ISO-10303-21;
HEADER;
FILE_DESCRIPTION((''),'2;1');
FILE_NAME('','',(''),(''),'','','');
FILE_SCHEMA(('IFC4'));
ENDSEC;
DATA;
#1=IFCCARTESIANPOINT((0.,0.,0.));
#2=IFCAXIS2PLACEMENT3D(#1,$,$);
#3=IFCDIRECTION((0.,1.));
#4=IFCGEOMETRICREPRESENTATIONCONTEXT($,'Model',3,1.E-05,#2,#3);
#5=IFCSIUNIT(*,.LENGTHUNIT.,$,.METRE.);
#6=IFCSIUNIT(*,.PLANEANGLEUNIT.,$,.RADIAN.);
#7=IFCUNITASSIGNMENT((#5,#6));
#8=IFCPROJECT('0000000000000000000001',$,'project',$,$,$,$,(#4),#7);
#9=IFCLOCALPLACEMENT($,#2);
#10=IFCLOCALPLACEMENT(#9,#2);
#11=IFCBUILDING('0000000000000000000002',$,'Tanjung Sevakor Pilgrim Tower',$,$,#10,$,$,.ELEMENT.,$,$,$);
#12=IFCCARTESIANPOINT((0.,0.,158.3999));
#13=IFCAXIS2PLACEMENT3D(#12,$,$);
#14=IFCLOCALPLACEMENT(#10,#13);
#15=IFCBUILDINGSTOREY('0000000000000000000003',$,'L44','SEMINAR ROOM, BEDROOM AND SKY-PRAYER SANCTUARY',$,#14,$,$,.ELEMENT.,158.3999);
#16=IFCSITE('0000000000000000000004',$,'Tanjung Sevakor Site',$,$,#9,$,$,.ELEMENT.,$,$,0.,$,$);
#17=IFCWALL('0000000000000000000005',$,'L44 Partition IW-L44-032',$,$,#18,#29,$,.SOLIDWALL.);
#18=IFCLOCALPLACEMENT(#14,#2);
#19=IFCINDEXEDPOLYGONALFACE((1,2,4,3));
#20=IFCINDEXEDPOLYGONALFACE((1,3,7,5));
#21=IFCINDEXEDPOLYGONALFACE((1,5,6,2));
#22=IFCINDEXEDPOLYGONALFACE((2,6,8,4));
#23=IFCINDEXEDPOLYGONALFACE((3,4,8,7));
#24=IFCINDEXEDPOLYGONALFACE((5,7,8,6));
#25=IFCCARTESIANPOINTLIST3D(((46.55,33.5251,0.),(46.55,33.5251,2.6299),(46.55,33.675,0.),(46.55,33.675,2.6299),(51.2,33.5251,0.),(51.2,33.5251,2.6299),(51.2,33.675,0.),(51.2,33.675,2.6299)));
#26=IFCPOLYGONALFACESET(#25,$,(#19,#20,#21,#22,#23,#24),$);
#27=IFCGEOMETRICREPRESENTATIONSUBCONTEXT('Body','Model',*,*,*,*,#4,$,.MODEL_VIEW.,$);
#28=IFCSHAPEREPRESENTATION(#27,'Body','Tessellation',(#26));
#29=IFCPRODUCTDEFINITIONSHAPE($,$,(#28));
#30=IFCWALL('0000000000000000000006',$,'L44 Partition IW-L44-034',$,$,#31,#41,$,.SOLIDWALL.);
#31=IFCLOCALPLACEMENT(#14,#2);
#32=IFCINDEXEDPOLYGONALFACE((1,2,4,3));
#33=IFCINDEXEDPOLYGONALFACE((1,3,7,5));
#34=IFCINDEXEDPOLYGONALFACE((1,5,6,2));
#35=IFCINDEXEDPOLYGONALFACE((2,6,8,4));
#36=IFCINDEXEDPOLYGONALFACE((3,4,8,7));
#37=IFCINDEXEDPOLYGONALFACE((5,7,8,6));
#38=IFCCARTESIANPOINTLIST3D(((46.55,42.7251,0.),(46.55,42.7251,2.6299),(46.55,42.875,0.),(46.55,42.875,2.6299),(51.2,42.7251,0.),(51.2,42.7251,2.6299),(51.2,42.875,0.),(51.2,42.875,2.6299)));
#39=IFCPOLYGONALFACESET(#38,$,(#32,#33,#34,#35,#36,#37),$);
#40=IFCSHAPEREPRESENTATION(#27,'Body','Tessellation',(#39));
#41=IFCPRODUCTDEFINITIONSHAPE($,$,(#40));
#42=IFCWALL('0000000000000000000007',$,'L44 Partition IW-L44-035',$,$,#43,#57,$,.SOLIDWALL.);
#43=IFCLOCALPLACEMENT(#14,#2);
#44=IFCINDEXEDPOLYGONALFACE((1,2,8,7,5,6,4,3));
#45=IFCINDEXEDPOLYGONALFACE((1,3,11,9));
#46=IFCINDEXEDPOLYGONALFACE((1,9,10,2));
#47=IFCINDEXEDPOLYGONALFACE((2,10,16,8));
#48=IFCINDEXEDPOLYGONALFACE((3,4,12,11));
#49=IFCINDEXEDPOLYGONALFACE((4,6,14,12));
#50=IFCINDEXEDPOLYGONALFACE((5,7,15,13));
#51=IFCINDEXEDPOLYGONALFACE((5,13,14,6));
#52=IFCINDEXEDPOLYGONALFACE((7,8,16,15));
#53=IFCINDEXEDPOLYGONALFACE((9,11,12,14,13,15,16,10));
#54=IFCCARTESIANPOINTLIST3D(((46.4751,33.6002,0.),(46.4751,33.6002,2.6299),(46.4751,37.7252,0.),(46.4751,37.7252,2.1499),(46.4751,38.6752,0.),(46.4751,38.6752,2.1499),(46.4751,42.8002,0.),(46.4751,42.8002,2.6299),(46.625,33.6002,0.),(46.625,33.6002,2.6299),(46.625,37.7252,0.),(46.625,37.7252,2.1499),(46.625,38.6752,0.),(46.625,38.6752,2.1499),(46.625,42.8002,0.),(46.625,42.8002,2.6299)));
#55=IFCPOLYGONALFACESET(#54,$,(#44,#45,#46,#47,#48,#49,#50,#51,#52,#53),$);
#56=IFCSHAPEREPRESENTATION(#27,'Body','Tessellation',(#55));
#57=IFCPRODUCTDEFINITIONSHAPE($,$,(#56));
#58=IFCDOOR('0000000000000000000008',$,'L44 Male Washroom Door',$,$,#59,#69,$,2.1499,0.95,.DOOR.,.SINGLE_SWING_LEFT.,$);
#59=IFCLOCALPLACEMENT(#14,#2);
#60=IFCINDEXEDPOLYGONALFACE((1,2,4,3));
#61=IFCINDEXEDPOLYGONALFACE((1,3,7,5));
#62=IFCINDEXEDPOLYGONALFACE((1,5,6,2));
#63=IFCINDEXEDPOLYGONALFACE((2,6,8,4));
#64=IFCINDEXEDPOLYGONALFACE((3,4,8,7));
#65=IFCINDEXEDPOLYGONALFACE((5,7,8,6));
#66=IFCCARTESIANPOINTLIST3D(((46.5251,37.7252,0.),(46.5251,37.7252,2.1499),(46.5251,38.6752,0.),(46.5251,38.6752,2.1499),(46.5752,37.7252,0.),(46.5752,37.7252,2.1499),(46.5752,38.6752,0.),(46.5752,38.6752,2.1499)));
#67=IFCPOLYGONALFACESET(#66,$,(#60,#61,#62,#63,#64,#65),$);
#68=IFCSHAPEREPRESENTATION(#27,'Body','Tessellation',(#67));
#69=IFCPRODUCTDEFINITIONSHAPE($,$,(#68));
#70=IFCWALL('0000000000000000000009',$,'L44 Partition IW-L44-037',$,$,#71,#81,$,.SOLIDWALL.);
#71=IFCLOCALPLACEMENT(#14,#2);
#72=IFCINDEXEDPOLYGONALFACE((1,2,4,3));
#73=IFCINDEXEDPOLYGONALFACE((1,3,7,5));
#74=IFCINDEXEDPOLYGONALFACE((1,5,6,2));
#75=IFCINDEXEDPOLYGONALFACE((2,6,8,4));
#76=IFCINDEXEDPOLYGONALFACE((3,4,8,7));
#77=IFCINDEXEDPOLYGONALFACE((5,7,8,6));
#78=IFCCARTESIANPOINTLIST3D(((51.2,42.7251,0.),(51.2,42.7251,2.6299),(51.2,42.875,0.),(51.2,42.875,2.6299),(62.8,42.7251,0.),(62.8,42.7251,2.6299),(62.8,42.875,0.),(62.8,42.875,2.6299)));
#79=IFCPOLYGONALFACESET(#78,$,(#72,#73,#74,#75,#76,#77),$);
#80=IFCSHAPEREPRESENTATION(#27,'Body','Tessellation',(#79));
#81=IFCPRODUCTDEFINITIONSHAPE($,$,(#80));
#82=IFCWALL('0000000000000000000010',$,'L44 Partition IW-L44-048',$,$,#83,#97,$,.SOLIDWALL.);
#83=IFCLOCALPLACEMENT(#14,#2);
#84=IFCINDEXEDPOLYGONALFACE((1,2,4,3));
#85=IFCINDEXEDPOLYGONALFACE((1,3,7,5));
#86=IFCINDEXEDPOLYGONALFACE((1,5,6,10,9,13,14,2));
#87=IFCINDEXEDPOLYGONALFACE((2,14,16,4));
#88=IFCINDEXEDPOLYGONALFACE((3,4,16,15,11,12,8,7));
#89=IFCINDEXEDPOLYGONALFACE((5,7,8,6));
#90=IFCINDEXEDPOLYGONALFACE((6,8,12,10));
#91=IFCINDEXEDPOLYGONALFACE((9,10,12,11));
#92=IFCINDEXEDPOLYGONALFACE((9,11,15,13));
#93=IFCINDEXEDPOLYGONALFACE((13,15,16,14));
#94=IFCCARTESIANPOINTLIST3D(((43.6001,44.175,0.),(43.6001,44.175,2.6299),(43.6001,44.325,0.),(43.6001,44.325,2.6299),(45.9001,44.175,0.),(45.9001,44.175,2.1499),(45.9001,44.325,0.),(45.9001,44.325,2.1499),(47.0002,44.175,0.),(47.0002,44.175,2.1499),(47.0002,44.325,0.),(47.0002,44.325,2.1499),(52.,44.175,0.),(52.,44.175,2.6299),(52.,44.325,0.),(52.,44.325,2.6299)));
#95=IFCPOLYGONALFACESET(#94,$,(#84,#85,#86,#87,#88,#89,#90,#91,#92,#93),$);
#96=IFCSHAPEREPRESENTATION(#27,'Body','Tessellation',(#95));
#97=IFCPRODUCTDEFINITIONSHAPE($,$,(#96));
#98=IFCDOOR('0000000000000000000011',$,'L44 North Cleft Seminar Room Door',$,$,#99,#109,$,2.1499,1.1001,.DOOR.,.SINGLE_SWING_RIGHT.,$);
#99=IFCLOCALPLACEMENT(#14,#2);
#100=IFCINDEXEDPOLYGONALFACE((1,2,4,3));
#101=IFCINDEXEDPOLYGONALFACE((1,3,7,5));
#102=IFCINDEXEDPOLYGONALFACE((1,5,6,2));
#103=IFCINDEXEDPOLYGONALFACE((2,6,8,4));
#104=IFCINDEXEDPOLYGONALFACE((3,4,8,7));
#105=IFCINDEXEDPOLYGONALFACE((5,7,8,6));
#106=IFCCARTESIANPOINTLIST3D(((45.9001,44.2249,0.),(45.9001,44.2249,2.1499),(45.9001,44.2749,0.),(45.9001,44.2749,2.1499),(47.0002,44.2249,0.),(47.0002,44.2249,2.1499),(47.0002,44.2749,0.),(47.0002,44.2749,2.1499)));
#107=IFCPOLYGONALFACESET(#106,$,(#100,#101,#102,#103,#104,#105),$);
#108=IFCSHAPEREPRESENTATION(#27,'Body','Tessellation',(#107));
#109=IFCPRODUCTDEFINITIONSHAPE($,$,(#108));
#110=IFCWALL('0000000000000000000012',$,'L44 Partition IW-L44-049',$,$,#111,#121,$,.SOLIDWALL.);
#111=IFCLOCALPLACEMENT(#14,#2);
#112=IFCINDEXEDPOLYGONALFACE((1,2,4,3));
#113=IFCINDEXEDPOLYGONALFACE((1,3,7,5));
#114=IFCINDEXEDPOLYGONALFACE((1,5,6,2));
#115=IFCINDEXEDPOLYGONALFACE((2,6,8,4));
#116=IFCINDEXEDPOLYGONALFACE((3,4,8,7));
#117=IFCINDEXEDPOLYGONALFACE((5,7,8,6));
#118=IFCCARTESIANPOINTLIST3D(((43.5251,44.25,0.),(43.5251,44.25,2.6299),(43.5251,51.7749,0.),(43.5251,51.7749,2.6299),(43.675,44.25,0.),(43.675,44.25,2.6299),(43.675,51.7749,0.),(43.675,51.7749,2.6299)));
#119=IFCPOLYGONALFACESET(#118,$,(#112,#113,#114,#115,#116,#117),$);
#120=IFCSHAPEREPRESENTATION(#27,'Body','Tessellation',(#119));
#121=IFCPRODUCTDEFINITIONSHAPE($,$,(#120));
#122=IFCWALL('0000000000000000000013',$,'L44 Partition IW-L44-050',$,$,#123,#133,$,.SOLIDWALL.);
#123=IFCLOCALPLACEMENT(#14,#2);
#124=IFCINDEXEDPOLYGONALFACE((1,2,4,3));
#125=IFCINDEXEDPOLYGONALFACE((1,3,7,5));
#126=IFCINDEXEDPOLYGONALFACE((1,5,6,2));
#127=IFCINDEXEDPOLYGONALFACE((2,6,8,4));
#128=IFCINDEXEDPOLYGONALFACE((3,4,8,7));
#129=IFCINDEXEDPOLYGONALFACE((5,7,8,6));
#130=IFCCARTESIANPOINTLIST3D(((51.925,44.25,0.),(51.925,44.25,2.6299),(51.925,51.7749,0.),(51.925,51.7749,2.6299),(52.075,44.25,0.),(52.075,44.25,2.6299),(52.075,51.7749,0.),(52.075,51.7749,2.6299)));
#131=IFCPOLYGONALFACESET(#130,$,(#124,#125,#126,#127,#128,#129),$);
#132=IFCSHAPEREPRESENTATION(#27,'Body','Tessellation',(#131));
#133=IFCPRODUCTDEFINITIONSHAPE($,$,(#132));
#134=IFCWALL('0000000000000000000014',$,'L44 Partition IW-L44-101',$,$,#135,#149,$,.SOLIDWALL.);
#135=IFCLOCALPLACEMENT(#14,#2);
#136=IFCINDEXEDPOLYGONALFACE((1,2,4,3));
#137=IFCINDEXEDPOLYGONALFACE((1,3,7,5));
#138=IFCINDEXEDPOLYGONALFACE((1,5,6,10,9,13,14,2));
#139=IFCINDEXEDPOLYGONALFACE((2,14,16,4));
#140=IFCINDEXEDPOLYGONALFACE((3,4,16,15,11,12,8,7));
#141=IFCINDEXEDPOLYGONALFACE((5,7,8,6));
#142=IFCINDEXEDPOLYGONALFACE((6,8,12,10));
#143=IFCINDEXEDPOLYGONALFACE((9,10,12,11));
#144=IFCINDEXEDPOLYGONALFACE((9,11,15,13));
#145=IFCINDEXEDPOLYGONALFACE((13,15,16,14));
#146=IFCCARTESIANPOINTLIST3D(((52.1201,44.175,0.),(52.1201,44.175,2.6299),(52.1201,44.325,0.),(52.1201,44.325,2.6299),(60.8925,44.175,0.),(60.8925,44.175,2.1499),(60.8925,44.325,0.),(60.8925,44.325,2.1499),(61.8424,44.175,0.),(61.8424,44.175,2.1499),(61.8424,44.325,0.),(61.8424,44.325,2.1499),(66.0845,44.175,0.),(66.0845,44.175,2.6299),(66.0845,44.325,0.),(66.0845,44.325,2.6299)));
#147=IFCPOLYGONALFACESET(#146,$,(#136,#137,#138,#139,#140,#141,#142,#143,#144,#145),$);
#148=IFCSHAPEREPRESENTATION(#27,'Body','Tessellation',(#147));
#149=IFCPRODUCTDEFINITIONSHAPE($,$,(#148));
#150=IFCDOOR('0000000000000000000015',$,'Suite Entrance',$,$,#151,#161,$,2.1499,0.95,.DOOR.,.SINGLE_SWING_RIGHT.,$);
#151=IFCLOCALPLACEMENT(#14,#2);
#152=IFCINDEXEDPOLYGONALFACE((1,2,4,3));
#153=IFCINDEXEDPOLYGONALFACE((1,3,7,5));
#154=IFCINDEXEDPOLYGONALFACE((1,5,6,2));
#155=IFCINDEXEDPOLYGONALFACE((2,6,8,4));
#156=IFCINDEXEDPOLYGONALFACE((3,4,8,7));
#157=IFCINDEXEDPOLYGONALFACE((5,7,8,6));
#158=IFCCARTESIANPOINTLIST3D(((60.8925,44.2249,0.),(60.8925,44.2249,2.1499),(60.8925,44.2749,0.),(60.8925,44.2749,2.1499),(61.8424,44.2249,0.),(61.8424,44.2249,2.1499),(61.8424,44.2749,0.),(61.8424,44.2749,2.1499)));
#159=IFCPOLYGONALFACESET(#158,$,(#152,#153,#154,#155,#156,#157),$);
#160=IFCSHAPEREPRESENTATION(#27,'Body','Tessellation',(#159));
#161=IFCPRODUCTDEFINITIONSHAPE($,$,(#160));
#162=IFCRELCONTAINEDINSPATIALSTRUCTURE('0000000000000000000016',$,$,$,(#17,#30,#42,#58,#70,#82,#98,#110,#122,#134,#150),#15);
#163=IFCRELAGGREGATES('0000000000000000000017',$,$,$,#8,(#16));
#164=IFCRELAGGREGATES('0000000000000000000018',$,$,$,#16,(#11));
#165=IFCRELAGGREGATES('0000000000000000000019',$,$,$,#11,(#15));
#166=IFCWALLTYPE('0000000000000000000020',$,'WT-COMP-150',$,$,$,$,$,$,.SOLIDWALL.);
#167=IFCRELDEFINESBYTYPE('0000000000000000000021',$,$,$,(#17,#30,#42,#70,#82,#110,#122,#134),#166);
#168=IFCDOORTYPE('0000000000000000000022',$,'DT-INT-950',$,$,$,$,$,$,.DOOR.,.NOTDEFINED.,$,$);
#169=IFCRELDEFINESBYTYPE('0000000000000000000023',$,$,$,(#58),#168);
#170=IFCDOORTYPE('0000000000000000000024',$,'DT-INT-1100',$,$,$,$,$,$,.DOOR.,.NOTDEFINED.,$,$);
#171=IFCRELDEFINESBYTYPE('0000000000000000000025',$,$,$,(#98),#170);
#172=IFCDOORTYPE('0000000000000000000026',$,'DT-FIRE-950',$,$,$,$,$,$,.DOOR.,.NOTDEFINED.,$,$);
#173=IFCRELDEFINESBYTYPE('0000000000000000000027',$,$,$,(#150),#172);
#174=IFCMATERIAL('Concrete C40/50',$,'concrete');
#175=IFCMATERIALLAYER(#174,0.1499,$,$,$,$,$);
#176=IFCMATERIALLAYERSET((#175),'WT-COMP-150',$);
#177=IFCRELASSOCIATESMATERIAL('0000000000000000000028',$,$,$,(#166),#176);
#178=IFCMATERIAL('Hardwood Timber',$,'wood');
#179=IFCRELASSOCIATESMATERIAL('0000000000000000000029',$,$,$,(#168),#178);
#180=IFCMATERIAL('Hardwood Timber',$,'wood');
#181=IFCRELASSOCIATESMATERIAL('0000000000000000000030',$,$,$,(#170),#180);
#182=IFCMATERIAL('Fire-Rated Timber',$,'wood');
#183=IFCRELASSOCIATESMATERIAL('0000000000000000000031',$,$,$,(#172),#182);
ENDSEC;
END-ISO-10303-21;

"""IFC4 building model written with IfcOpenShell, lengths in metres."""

from ifc_helpers import new_model, si_unit, direction, frame, frame_2d, origin, place, context, subcontext, project, spatial, rectangle, extrude, material, layer, layer_set, type_object, element, fill, save


model = new_model("IFC4")

# Units and contexts
model_context = context("Model", 3, precision=1e-05, world=origin(), true_north=direction((0.0, 1.0)))
body_context = subcontext(model_context, "Body", "Model", "MODEL_VIEW")
ifc_project = project(units=[si_unit("LENGTHUNIT", "METRE"), si_unit("PLANEANGLEUNIT", "RADIAN")], contexts=[model_context])

# Site, building, storey
site_placement = place(None, origin())
site = spatial("IfcSite", under=ifc_project, at=site_placement, Name="Tanjung Sevakor Site", CompositionType="ELEMENT", RefElevation=0.0)
building_placement = place(site_placement, origin())
building = spatial("IfcBuilding", under=site, at=building_placement, Name="Tanjung Sevakor Pilgrim Tower", CompositionType="ELEMENT")
storey_placement = place(building_placement, frame((0.0, 0.0, 158.3999)))
storey = spatial("IfcBuildingStorey", under=building, at=storey_placement, Name="L44", Description="SEMINAR ROOM, BEDROOM AND SKY-PRAYER SANCTUARY", CompositionType="ELEMENT", Elevation=158.3999)

# Walls
ifc_material_1 = material(Name="Concrete C40/50", Category="concrete")
ifc_layer_1 = layer(ifc_material_1, 0.1499)
ifc_layer_set_1 = layer_set([ifc_layer_1], Name="WT-COMP-150")
wall_type_1 = type_object("IfcWallType", Name="WT-COMP-150", PredefinedType="SOLIDWALL", material=ifc_layer_set_1)
for number, where, z_axis, x_axis, name in (
    (1, (46.55, 33.6001, 0.0), (0.0, 0.0, 1.0), (1.0, 0.0, 0.0), "L44 Partition IW-L44-032"),
    (2, (46.55, 42.8, 0.0), (0.0, 0.0, 1.0), (1.0, 0.0, 0.0), "L44 Partition IW-L44-034"),
):
    element("IfcWall", number, at=place(storey_placement, frame(where, z_axis=z_axis, x_axis=x_axis)), inside=storey, type_object=wall_type_1, Name=name, PredefinedType="SOLIDWALL", context=body_context, shape_type="SweptSolid", body=[
        extrude(rectangle(XDim=4.6499, YDim=0.1499, at=frame_2d((2.325, 0.0))), origin(), (0.0, 0.0, 1.0), 2.6299),
    ])

# Wall, opening, door
wall_1_placement = place(storey_placement, frame((46.55, 33.6001, 0.0), z_axis=(0.0, 0.0, 1.0), x_axis=(0.0, 1.0, 0.0)))
wall_1 = element("IfcWall", 3, at=wall_1_placement, inside=storey, type_object=wall_type_1, Name="L44 Partition IW-L44-035", PredefinedType="SOLIDWALL", context=body_context, shape_type="SweptSolid", body=[
    extrude(rectangle(XDim=9.2, YDim=0.1499, at=frame_2d((4.6001, 0.0))), origin(), (0.0, 0.0, 1.0), 2.6299),
])
opening_1_placement = place(wall_1_placement, frame((4.125, 0.0, 0.0)))
opening_1 = element("IfcOpeningElement", 4, at=opening_1_placement, cuts=wall_1, PredefinedType="OPENING", context=body_context, shape_type="SweptSolid", body=[
    extrude(rectangle(XDim=0.95, YDim=2.1499, at=frame_2d((0.4751, 1.075))), frame((0.0, 0.085, 0.0), z_axis=(0.0, -1.0, 0.0), x_axis=(1.0, 0.0, 0.0)), (0.0, 0.0, 1.0), 0.1699),
])
ifc_material_2 = material(Name="Hardwood Timber", Category="wood")
door_type_1 = type_object("IfcDoorType", Name="DT-INT-950", OperationType="NOTDEFINED", PredefinedType="DOOR", material=ifc_material_2)
door_1_placement = place(opening_1_placement, origin())
door_1 = element("IfcDoor", 5, at=door_1_placement, inside=storey, type_object=door_type_1, Name="L44 Male Washroom Door", OperationType="SINGLE_SWING_LEFT", OverallHeight=2.1499, OverallWidth=0.95, PredefinedType="DOOR", context=body_context, shape_type="SweptSolid", body=[
    extrude(rectangle(XDim=0.95, YDim=2.1499, at=frame_2d((0.4751, 1.075))), frame((0.0, 0.0249, 0.0), z_axis=(0.0, -1.0, 0.0), x_axis=(1.0, 0.0, 0.0)), (0.0, 0.0, 1.0), 0.05),
])
fill(opening_1, door_1)

# Wall
wall_2_placement = place(storey_placement, frame((51.2, 42.8, 0.0), z_axis=(0.0, 0.0, 1.0), x_axis=(1.0, 0.0, 0.0)))
element("IfcWall", 6, at=wall_2_placement, inside=storey, type_object=wall_type_1, Name="L44 Partition IW-L44-037", PredefinedType="SOLIDWALL", context=body_context, shape_type="SweptSolid", body=[
    extrude(rectangle(XDim=11.6001, YDim=0.1499, at=frame_2d((5.8, 0.0))), origin(), (0.0, 0.0, 1.0), 2.6299),
])

# Wall, opening, door
wall_3_placement = place(storey_placement, frame((43.6001, 44.25, 0.0), z_axis=(0.0, 0.0, 1.0), x_axis=(1.0, 0.0, 0.0)))
wall_3 = element("IfcWall", 7, at=wall_3_placement, inside=storey, type_object=wall_type_1, Name="L44 Partition IW-L44-048", PredefinedType="SOLIDWALL", context=body_context, shape_type="SweptSolid", body=[
    extrude(rectangle(XDim=8.3999, YDim=0.1499, at=frame_2d((4.2, 0.0))), origin(), (0.0, 0.0, 1.0), 2.6299),
])
opening_2_placement = place(wall_3_placement, frame((2.3, 0.0, 0.0)))
opening_2 = element("IfcOpeningElement", 8, at=opening_2_placement, cuts=wall_3, PredefinedType="OPENING", context=body_context, shape_type="SweptSolid", body=[
    extrude(rectangle(XDim=1.1001, YDim=2.1499, at=frame_2d((0.55, 1.075))), frame((0.0, 0.085, 0.0), z_axis=(0.0, -1.0, 0.0), x_axis=(1.0, 0.0, 0.0)), (0.0, 0.0, 1.0), 0.1699),
])
ifc_material_3 = material(Name="Hardwood Timber", Category="wood")
door_type_2 = type_object("IfcDoorType", Name="DT-INT-1100", OperationType="NOTDEFINED", PredefinedType="DOOR", material=ifc_material_3)
door_2_placement = place(opening_2_placement, origin())
door_2 = element("IfcDoor", 9, at=door_2_placement, inside=storey, type_object=door_type_2, Name="L44 North Cleft Seminar Room Door", OperationType="SINGLE_SWING_RIGHT", OverallHeight=2.1499, OverallWidth=1.1001, PredefinedType="DOOR", context=body_context, shape_type="SweptSolid", body=[
    extrude(rectangle(XDim=1.1001, YDim=2.1499, at=frame_2d((0.55, 1.075))), frame((0.0, 0.0249, 0.0), z_axis=(0.0, -1.0, 0.0), x_axis=(1.0, 0.0, 0.0)), (0.0, 0.0, 1.0), 0.05),
])
fill(opening_2, door_2)

# Walls
for number, where, z_axis, x_axis, name in (
    (10, (43.6001, 44.25, 0.0), (0.0, 0.0, 1.0), (0.0, 1.0, 0.0), "L44 Partition IW-L44-049"),
    (11, (52.0, 44.25, 0.0), (0.0, 0.0, 1.0), (0.0, 1.0, 0.0), "L44 Partition IW-L44-050"),
):
    element("IfcWall", number, at=place(storey_placement, frame(where, z_axis=z_axis, x_axis=x_axis)), inside=storey, type_object=wall_type_1, Name=name, PredefinedType="SOLIDWALL", context=body_context, shape_type="SweptSolid", body=[
        extrude(rectangle(XDim=7.5249, YDim=0.1499, at=frame_2d((3.7625, 0.0))), origin(), (0.0, 0.0, 1.0), 2.6299),
    ])

# Wall, opening, door
wall_4_placement = place(storey_placement, frame((52.1201, 44.25, 0.0), z_axis=(0.0, 0.0, 1.0), x_axis=(1.0, 0.0, 0.0)))
wall_4 = element("IfcWall", 12, at=wall_4_placement, inside=storey, type_object=wall_type_1, Name="L44 Partition IW-L44-101", PredefinedType="SOLIDWALL", context=body_context, shape_type="SweptSolid", body=[
    extrude(rectangle(XDim=13.9644, YDim=0.1499, at=frame_2d((6.9822, 0.0))), origin(), (0.0, 0.0, 1.0), 2.6299),
])
opening_3_placement = place(wall_4_placement, frame((8.7722, 0.0, 0.0)))
opening_3 = element("IfcOpeningElement", 13, at=opening_3_placement, cuts=wall_4, PredefinedType="OPENING", context=body_context, shape_type="SweptSolid", body=[
    extrude(rectangle(XDim=0.95, YDim=2.1499, at=frame_2d((0.4751, 1.075))), frame((0.0, 0.085, 0.0), z_axis=(0.0, -1.0, 0.0), x_axis=(1.0, 0.0, 0.0)), (0.0, 0.0, 1.0), 0.1699),
])
ifc_material_4 = material(Name="Fire-Rated Timber", Category="wood")
door_type_3 = type_object("IfcDoorType", Name="DT-FIRE-950", OperationType="NOTDEFINED", PredefinedType="DOOR", material=ifc_material_4)
door_3_placement = place(opening_3_placement, origin())
door_3 = element("IfcDoor", 14, at=door_3_placement, inside=storey, type_object=door_type_3, Name="Suite Entrance", OperationType="SINGLE_SWING_RIGHT", OverallHeight=2.1499, OverallWidth=0.95, PredefinedType="DOOR", context=body_context, shape_type="SweptSolid", body=[
    extrude(rectangle(XDim=0.95, YDim=2.1499, at=frame_2d((0.4751, 1.075))), frame((0.0, 0.0249, 0.0), z_axis=(0.0, -1.0, 0.0), x_axis=(1.0, 0.0, 0.0)), (0.0, 0.0, 1.0), 0.05),
])
fill(opening_3, door_3)

save(model, "model.ifc")
